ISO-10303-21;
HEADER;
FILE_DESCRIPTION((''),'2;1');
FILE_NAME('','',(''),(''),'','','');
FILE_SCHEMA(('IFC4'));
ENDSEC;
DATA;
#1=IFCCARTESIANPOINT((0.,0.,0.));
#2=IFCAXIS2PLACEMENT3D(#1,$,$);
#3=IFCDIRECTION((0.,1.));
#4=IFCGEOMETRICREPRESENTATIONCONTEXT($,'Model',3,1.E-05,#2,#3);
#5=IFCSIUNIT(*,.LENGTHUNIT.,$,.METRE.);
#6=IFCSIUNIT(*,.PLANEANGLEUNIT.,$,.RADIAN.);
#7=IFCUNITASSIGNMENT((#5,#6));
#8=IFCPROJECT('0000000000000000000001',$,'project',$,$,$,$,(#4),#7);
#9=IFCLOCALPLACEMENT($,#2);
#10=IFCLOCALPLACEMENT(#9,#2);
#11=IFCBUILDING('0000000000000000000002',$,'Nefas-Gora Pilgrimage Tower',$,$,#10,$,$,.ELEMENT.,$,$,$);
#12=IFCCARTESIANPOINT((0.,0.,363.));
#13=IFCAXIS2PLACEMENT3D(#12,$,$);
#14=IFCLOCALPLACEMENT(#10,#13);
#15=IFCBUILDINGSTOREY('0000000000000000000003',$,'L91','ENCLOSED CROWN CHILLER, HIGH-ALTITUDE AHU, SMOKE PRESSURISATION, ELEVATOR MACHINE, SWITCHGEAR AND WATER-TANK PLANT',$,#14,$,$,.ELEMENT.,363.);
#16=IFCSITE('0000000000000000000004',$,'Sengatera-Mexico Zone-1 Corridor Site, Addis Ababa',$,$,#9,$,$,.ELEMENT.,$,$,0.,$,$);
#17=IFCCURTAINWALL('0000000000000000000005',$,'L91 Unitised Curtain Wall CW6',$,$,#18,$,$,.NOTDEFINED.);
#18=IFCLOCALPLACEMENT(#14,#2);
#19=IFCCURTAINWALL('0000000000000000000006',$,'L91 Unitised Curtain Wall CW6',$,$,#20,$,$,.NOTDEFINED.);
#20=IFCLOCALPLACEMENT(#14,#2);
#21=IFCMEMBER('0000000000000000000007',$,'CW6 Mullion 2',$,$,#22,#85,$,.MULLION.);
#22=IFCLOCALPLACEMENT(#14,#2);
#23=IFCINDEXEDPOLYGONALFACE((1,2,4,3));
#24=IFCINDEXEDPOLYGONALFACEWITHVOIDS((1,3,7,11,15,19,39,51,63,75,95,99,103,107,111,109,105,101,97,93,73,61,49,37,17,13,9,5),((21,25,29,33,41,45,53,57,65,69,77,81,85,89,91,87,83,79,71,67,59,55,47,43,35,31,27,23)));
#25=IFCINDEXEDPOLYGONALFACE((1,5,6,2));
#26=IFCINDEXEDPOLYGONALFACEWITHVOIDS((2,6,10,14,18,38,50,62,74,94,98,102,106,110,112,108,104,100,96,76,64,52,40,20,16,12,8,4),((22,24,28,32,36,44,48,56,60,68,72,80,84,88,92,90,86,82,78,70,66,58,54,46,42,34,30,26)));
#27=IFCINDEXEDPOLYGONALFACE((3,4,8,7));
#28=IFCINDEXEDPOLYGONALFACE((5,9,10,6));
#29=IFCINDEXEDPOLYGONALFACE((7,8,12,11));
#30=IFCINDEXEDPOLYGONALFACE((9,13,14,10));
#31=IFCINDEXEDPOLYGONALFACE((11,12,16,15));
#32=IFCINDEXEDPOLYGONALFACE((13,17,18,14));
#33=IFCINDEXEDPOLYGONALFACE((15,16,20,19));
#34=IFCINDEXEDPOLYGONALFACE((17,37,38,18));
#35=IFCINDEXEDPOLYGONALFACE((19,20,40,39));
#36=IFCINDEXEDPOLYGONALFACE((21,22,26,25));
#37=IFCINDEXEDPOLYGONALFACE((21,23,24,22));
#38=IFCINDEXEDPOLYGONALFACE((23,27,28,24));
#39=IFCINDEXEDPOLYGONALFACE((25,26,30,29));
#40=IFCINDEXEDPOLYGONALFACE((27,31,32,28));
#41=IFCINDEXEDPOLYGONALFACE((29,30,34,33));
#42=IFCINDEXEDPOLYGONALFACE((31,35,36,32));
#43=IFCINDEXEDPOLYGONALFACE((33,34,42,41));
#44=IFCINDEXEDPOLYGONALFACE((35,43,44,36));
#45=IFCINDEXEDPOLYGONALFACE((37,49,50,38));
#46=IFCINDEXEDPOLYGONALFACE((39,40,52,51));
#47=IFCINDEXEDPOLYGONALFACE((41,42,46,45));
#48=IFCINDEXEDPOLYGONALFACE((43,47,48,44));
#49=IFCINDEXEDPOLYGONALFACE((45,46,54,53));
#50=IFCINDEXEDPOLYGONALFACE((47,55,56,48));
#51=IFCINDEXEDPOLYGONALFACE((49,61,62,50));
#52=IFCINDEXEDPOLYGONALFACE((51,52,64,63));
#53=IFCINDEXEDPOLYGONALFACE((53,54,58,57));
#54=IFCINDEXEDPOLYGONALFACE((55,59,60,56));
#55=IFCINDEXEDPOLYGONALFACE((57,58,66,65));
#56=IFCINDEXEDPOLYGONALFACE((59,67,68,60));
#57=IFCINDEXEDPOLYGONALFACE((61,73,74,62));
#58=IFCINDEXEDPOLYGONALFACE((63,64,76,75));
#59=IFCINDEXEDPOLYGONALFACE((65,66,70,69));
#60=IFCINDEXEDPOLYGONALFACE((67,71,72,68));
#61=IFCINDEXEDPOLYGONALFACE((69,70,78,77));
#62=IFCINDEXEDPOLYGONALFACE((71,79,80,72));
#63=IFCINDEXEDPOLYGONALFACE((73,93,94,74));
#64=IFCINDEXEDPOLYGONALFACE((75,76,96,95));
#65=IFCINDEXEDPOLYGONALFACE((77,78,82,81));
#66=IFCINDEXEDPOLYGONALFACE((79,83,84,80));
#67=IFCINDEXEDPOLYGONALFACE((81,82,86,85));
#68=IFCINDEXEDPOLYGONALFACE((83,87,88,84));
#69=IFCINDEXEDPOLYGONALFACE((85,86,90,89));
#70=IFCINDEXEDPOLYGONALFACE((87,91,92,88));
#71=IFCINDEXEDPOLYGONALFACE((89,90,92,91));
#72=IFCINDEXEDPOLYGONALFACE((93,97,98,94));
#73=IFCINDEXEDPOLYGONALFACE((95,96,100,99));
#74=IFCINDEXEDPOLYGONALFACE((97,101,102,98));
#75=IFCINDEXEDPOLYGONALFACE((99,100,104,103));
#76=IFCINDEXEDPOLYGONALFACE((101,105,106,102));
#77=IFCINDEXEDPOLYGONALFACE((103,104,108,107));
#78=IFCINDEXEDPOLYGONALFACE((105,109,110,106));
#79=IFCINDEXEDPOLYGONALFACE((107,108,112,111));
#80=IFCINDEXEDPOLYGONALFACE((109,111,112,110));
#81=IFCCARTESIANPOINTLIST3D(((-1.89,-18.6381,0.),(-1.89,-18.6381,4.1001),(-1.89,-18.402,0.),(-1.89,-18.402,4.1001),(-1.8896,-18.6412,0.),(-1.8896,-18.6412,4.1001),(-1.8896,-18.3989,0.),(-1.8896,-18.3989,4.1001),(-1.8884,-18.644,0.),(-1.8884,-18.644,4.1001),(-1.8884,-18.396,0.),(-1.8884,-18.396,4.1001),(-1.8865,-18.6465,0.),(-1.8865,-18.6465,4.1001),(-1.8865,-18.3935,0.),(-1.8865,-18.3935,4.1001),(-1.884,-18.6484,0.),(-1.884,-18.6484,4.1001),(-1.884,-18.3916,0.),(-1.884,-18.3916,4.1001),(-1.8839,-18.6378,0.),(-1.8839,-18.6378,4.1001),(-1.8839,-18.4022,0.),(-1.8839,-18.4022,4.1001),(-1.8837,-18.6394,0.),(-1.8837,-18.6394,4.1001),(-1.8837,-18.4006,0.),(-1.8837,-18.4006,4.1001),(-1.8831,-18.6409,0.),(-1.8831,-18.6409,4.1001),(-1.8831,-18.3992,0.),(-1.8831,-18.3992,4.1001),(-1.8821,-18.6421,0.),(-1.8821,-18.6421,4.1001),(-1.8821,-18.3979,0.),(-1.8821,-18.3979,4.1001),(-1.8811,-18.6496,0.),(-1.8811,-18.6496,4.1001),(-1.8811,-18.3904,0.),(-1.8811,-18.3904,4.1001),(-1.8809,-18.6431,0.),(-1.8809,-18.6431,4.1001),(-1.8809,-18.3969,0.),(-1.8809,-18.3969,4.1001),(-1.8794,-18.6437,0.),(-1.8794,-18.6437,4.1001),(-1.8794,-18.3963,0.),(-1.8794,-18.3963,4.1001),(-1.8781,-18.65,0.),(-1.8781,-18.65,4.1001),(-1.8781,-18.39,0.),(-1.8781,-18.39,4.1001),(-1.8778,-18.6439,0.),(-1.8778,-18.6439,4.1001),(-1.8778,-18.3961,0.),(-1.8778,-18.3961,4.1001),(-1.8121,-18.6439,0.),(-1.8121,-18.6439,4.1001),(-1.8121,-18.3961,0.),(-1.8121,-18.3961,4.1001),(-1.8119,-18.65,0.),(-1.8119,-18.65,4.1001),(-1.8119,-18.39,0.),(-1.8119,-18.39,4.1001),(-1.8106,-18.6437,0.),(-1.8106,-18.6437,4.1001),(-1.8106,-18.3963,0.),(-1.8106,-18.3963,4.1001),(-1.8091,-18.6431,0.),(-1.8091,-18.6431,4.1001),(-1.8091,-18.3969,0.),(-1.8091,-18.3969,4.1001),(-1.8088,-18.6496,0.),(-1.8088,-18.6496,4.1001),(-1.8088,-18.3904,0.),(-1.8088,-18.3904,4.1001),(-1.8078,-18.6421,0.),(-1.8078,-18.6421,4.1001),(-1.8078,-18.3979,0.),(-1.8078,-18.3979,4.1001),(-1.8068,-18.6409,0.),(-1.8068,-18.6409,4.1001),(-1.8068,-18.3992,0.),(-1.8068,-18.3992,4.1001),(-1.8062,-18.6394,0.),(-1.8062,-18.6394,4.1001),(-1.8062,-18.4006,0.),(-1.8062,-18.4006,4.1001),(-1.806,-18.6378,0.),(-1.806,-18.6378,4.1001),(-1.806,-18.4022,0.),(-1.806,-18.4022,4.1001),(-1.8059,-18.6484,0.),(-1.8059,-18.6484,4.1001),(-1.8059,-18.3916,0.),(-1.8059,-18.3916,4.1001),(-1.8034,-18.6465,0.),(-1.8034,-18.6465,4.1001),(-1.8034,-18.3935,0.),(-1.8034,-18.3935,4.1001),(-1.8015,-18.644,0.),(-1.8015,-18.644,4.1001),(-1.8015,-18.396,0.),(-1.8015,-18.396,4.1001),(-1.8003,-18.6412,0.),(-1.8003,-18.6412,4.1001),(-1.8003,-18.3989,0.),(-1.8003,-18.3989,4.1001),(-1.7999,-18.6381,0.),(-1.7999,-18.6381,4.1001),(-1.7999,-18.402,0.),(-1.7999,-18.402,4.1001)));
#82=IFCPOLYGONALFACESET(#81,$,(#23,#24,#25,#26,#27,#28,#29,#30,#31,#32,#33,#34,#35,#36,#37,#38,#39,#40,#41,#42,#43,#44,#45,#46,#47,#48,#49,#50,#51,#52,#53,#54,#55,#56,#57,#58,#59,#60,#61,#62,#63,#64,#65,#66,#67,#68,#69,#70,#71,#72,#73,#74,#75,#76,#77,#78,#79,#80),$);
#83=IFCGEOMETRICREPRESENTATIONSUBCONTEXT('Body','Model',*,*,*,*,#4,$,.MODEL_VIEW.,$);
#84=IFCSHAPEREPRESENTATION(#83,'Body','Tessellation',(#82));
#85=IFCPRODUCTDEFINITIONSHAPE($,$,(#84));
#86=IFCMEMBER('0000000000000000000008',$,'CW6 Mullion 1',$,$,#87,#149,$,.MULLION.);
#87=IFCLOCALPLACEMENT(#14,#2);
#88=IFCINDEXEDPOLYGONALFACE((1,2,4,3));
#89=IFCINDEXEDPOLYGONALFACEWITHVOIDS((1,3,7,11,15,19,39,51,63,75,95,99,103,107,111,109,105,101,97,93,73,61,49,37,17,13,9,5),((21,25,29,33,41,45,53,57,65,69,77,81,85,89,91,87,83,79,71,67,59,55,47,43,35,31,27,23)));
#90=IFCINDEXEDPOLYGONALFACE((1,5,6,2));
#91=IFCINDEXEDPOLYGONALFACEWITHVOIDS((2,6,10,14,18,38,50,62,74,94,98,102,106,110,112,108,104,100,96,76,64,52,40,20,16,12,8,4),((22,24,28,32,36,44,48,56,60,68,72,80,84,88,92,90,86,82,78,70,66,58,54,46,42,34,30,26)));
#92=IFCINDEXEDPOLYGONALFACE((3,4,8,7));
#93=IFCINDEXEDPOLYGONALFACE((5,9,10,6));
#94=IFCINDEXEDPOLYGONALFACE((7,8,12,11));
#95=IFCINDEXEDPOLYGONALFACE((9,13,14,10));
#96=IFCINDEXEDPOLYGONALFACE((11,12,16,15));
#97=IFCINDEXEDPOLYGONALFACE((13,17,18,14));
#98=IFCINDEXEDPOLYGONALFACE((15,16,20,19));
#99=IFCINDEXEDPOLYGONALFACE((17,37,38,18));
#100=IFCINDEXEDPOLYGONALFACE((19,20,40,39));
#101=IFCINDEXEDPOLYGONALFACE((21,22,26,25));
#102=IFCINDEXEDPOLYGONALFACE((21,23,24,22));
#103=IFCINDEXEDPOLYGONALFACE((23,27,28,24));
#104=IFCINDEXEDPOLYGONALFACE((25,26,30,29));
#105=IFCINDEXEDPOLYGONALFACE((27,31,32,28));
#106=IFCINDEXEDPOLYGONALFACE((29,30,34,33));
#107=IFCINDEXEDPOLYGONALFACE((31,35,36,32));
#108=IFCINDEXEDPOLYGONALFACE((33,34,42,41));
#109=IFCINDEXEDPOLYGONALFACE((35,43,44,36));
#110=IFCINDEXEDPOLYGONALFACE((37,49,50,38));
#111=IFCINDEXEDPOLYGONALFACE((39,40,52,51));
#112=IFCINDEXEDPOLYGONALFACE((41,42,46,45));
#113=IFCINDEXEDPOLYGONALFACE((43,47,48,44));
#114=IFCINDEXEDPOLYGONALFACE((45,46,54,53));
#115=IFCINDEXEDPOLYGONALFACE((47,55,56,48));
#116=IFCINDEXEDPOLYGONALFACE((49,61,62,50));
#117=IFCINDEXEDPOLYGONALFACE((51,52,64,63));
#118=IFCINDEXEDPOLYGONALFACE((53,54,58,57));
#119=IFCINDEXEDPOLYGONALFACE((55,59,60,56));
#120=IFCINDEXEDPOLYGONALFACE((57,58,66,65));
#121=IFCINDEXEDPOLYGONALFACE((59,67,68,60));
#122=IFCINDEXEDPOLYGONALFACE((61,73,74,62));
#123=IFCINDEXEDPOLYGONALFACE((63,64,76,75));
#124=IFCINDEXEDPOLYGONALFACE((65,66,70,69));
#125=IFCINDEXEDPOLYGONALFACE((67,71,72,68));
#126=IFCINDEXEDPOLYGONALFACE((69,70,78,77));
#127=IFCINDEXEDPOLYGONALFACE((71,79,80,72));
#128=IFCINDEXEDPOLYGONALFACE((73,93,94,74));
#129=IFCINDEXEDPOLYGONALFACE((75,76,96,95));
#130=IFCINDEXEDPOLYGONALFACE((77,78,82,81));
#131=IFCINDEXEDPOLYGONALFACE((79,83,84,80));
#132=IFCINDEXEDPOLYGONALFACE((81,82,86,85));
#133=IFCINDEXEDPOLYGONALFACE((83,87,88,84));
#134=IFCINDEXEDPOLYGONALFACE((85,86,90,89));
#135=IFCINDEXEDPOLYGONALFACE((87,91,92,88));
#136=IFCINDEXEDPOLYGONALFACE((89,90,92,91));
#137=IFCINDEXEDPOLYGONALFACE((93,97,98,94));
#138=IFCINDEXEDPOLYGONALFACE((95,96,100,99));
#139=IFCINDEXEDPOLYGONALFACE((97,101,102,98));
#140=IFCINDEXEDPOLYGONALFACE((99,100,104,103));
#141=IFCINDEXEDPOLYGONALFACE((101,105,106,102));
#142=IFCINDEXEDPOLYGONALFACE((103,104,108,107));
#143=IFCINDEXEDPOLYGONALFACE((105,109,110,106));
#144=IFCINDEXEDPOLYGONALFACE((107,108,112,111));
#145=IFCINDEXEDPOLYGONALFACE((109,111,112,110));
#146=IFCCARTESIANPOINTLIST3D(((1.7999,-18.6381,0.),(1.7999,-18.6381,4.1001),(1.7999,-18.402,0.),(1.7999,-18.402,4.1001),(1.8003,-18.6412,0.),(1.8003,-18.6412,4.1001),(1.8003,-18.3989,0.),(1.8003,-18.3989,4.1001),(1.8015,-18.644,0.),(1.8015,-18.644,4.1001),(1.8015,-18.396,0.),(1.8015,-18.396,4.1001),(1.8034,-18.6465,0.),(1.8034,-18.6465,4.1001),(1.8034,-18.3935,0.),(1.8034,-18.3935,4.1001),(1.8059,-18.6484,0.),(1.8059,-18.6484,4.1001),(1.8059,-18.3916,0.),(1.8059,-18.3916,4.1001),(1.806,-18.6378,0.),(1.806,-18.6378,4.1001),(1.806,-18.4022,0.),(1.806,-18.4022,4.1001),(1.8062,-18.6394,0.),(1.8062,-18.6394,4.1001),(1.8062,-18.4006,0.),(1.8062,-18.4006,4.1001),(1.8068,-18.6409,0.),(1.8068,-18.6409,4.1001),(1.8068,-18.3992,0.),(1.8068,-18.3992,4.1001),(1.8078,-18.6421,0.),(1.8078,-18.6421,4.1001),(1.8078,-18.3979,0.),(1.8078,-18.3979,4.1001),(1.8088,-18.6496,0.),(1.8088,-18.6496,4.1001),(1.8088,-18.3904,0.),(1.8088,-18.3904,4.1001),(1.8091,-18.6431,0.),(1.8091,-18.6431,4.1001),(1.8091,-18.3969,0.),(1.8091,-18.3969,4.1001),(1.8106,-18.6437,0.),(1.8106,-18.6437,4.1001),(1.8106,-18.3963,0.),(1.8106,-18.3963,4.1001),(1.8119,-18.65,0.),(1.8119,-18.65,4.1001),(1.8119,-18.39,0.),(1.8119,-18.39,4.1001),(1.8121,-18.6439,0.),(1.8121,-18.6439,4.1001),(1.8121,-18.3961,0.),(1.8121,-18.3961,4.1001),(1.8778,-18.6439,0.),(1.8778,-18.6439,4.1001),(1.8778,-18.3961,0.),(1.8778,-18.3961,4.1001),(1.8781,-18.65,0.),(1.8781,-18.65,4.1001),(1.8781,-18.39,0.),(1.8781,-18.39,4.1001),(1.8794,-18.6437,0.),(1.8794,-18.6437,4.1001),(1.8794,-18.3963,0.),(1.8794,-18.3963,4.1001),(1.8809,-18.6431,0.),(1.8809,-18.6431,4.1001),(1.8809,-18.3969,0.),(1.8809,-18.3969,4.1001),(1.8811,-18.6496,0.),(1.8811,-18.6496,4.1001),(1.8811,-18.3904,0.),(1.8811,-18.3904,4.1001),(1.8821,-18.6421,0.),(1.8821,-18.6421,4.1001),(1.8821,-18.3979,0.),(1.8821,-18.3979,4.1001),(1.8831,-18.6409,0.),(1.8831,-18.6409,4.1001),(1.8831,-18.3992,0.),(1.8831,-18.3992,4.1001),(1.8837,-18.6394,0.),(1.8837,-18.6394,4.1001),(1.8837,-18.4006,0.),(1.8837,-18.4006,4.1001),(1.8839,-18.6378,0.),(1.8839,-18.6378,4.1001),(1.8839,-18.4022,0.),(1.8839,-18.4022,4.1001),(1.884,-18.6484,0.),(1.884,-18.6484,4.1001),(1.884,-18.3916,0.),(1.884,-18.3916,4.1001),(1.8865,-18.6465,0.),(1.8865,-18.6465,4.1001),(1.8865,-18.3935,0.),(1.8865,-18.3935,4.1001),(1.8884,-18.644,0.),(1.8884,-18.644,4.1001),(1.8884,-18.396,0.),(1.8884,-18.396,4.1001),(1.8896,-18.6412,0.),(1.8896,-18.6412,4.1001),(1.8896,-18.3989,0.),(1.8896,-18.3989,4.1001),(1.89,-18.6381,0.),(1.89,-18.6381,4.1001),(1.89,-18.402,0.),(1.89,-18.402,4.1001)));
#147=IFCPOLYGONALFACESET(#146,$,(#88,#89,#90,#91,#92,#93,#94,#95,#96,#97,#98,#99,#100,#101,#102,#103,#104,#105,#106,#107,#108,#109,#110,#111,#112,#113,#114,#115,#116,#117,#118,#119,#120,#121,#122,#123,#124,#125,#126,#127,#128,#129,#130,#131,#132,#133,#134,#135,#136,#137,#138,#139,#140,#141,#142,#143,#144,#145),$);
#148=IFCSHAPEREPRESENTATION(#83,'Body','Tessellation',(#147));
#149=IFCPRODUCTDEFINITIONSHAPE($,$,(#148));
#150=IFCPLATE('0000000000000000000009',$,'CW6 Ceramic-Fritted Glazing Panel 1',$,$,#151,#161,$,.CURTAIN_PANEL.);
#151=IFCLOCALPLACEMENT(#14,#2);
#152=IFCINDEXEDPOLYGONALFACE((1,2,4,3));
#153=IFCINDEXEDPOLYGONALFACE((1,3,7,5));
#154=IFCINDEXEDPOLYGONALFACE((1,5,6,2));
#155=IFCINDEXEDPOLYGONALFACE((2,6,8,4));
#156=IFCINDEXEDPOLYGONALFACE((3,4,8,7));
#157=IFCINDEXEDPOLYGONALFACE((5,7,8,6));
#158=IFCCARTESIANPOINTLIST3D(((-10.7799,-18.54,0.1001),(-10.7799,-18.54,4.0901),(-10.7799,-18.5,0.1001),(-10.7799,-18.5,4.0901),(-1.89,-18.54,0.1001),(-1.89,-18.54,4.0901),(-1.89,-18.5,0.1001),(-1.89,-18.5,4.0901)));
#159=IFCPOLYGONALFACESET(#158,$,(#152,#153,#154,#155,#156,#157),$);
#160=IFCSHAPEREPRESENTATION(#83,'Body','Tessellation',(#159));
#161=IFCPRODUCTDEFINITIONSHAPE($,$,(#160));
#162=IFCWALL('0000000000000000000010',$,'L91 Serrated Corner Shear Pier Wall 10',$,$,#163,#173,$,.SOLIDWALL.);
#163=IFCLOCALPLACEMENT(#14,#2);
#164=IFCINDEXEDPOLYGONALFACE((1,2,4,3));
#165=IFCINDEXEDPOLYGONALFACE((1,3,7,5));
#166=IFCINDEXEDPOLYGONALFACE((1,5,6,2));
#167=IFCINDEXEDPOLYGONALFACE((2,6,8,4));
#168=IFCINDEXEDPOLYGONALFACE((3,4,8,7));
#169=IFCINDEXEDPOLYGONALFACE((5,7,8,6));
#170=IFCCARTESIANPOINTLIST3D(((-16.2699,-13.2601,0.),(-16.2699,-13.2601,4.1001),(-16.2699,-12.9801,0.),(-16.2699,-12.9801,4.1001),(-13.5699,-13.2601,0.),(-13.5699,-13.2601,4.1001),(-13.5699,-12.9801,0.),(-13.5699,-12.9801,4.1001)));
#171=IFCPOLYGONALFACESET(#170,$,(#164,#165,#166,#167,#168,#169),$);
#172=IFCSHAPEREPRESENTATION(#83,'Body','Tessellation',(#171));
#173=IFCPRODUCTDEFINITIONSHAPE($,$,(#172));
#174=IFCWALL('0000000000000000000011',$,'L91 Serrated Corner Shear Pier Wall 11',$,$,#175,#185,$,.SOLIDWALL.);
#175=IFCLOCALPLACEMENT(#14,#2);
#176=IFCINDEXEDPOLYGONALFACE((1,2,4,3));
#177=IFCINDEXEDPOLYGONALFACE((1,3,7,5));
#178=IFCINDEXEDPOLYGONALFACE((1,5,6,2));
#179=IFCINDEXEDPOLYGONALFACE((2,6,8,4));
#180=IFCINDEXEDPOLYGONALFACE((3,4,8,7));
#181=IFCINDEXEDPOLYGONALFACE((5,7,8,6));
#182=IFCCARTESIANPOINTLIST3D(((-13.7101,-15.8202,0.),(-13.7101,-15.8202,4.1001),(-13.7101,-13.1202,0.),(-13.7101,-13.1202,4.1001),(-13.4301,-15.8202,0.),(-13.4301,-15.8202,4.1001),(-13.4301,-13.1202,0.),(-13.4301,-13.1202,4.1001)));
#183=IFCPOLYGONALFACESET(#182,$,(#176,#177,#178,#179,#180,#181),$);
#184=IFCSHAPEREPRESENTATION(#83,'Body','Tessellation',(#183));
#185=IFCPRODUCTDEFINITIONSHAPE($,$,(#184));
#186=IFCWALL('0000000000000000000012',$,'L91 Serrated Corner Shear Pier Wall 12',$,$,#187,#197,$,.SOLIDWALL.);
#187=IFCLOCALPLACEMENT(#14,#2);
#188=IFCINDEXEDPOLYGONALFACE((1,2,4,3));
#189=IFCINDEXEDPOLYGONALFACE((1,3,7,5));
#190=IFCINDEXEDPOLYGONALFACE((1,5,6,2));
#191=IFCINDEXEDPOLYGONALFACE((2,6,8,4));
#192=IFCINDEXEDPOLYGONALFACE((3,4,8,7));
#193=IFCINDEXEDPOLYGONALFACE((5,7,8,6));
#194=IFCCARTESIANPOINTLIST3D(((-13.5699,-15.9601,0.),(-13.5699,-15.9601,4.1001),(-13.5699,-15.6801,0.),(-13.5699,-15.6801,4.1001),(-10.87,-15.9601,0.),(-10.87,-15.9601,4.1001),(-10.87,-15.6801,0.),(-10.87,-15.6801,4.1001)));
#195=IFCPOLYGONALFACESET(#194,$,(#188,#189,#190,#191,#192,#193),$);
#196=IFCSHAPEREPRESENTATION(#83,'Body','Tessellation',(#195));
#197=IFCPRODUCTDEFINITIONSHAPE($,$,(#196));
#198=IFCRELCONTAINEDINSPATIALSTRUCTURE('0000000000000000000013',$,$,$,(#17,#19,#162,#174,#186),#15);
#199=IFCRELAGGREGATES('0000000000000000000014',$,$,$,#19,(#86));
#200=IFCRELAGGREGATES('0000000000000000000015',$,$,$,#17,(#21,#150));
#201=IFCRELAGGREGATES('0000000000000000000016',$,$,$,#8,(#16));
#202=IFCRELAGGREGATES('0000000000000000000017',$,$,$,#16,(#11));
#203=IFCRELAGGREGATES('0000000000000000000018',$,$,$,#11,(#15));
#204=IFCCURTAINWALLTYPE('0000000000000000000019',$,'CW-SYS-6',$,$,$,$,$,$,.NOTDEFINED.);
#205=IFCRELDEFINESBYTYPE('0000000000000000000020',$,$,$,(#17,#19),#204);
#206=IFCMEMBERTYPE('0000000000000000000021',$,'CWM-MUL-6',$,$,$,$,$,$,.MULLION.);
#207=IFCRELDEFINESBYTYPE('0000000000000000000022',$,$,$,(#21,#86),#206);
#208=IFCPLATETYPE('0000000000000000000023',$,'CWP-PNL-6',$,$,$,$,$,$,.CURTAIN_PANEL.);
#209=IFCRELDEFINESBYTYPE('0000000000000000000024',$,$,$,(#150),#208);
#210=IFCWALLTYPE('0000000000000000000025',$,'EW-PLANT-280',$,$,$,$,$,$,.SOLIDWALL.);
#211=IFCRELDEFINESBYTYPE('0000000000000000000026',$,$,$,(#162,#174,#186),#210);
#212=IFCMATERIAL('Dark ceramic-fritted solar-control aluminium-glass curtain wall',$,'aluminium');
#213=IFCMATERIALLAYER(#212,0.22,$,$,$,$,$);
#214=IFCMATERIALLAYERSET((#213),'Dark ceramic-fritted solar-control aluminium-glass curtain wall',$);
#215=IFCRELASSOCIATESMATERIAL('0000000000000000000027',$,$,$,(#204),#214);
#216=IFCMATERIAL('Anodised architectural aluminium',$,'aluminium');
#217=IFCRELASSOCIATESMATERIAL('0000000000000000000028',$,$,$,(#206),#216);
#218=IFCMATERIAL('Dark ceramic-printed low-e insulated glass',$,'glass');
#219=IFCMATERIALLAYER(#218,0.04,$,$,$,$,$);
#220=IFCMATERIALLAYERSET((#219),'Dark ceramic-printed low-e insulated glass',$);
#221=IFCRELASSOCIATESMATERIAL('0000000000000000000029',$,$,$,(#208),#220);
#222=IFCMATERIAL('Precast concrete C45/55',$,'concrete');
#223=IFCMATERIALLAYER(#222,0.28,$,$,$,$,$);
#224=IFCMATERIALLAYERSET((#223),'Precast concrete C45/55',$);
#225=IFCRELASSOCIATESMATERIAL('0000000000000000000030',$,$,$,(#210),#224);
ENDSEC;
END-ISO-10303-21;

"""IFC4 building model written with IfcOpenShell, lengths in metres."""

from ifc_helpers import new_model, si_unit, direction, frame, frame_2d, origin, origin_2d, place, context, subcontext, project, spatial, rectangle, hollow_rectangle, extrude, source, transform, mapped, material, layer, layer_set, material_profile, profile_set, type_object, element, aggregate, save


model = new_model("IFC4")

# Units and contexts
model_context = context("Model", 3, precision=1e-05, world=origin(), true_north=direction((0.0, 1.0)))
body_context = subcontext(model_context, "Body", "Model", "MODEL_VIEW")
ifc_project = project(units=[si_unit("LENGTHUNIT", "METRE"), si_unit("PLANEANGLEUNIT", "RADIAN")], contexts=[model_context])

# Site, building, storey
site_placement = place(None, origin())
site = spatial("IfcSite", under=ifc_project, at=site_placement, Name="Sengatera-Mexico Zone-1 Corridor Site, Addis Ababa", CompositionType="ELEMENT", RefElevation=0.0)
building_placement = place(site_placement, origin())
building = spatial("IfcBuilding", under=site, at=building_placement, Name="Nefas-Gora Pilgrimage Tower", CompositionType="ELEMENT")
storey_placement = place(building_placement, frame((0.0, 0.0, 363.0)))
storey = spatial("IfcBuildingStorey", under=building, at=storey_placement, Name="L91", Description="ENCLOSED CROWN CHILLER, HIGH-ALTITUDE AHU, SMOKE PRESSURISATION, ELEVATOR MACHINE, SWITCHGEAR AND WATER-TANK PLANT", CompositionType="ELEMENT", Elevation=363.0)

# Curtain walls
ifc_material_1 = material(Name="Dark ceramic-fritted solar-control aluminium-glass curtain wall", Category="aluminium")
ifc_layer_1 = layer(ifc_material_1, 0.22)
ifc_layer_set_1 = layer_set([ifc_layer_1], Name="Dark ceramic-fritted solar-control aluminium-glass curtain wall")
curtain_wall_type = type_object("IfcCurtainWallType", Name="CW-SYS-6", PredefinedType="NOTDEFINED", material=ifc_layer_set_1)
curtain_wall_1_placement = place(storey_placement, origin())
curtain_wall_1 = element("IfcCurtainWall", 1, at=curtain_wall_1_placement, inside=storey, type_object=curtain_wall_type, Name="L91 Unitised Curtain Wall CW6", PredefinedType="NOTDEFINED")
ifc_material_2 = material(Name="Anodised architectural aluminium", Category="aluminium")
curtain_wall_2_placement = place(storey_placement, origin())
curtain_wall_2 = element("IfcCurtainWall", 2, at=curtain_wall_2_placement, inside=storey, type_object=curtain_wall_type, Name="L91 Unitised Curtain Wall CW6", PredefinedType="NOTDEFINED")
ifc_material_profile_1 = material_profile(ifc_material_2, hollow_rectangle(XDim=0.0901, YDim=0.26, WallThickness=0.0061, InnerFilletRadius=0.0061, OuterFilletRadius=0.012, at=origin_2d()), Name="ALU MULLION 90x260")
ifc_profile_set_1 = profile_set([ifc_material_profile_1], Name="Anodised architectural aluminium")
member_type_1 = type_object("IfcMemberType", Name="CWM-MUL-6", PredefinedType="MULLION", material=ifc_profile_set_1)
shared_shape_1 = source(origin(), body_context, "Body", "SweptSolid", [
    extrude(hollow_rectangle(XDim=0.0901, YDim=0.26, WallThickness=0.0061, InnerFilletRadius=0.0061, OuterFilletRadius=0.012, at=origin_2d()), origin(), (0.0, 0.0, 1.0), 4.1001),
])

# Members
member_1_placement = place(storey_placement, frame((-1.845, -18.52, 0.0), z_axis=(0.0, 0.0, 1.0), x_axis=(1.0, 0.0, 0.0)))
member_1 = element("IfcMember", 3, at=member_1_placement, type_object=member_type_1, Name="CW6 Mullion 2", PredefinedType="MULLION", context=body_context, shape_type="MappedRepresentation", body=[
    mapped(shared_shape_1, transform((0.0, 0.0, 0.0), x_axis=(1.0, 0.0, 0.0), y_axis=(0.0, 1.0, 0.0), z_axis=(0.0, 0.0, 1.0), scale=1.0)),
])
member_2_placement = place(storey_placement, frame((1.845, -18.52, 0.0), z_axis=(0.0, 0.0, 1.0), x_axis=(1.0, 0.0, 0.0)))
member_2 = element("IfcMember", 4, at=member_2_placement, type_object=member_type_1, Name="CW6 Mullion 1", PredefinedType="MULLION", context=body_context, shape_type="MappedRepresentation", body=[
    mapped(shared_shape_1, transform((0.0, 0.0, 0.0), x_axis=(1.0, 0.0, 0.0), y_axis=(0.0, 1.0, 0.0), z_axis=(0.0, 0.0, 1.0), scale=1.0)),
])
aggregate(curtain_wall_2, [member_2])

# Plate
ifc_material_3 = material(Name="Dark ceramic-printed low-e insulated glass", Category="glass")
ifc_layer_2 = layer(ifc_material_3, 0.04)
ifc_layer_set_2 = layer_set([ifc_layer_2], Name="Dark ceramic-printed low-e insulated glass")
plate_type = type_object("IfcPlateType", Name="CWP-PNL-6", PredefinedType="CURTAIN_PANEL", material=ifc_layer_set_2)
shared_shape_2 = source(origin(), body_context, "Body", "SweptSolid", [
    extrude(rectangle(XDim=8.8899, YDim=0.04, at=origin_2d()), origin(), (0.0, 0.0, 1.0), 3.99),
])
plate_placement = place(storey_placement, frame((-6.335, -18.52, 0.1001), z_axis=(0.0, 0.0, 1.0), x_axis=(1.0, 0.0, 0.0)))
plate = element("IfcPlate", 5, at=plate_placement, type_object=plate_type, Name="CW6 Ceramic-Fritted Glazing Panel 1", PredefinedType="CURTAIN_PANEL", context=body_context, shape_type="MappedRepresentation", body=[
    mapped(shared_shape_2, transform((0.0, 0.0, 0.0), x_axis=(1.0, 0.0, 0.0), y_axis=(0.0, 1.0, 0.0), z_axis=(0.0, 0.0, 1.0), scale=1.0)),
])
aggregate(curtain_wall_1, [member_1, plate])

# Walls
ifc_material_4 = material(Name="Precast concrete C45/55", Category="concrete")
ifc_layer_3 = layer(ifc_material_4, 0.28)
ifc_layer_set_3 = layer_set([ifc_layer_3], Name="Precast concrete C45/55")
wall_type_1 = type_object("IfcWallType", Name="EW-PLANT-280", PredefinedType="SOLIDWALL", material=ifc_layer_set_3)
shared_shape_3 = source(origin(), body_context, "Body", "SweptSolid", [
    extrude(rectangle(XDim=2.7, YDim=0.28, at=frame_2d((1.3501, 0.0))), origin(), (0.0, 0.0, 1.0), 4.1001),
])
for number, where, z_axis, x_axis, name in (
    (6, (-16.27, -13.1201, 0.0), (0.0, 0.0, 1.0), (1.0, 0.0, 0.0), "L91 Serrated Corner Shear Pier Wall 10"),
    (7, (-13.5701, -13.1201, 0.0), (0.0, 0.0, 1.0), (0.0, -1.0, 0.0), "L91 Serrated Corner Shear Pier Wall 11"),
    (8, (-13.5701, -15.8201, 0.0), (0.0, 0.0, 1.0), (1.0, 0.0, 0.0), "L91 Serrated Corner Shear Pier Wall 12"),
):
    element("IfcWall", number, at=place(storey_placement, frame(where, z_axis=z_axis, x_axis=x_axis)), inside=storey, type_object=wall_type_1, Name=name, PredefinedType="SOLIDWALL", context=body_context, shape_type="MappedRepresentation", body=[
        mapped(shared_shape_3, transform((0.0, 0.0, 0.0), x_axis=(1.0, 0.0, 0.0), y_axis=(0.0, 1.0, 0.0), z_axis=(0.0, 0.0, 1.0), scale=1.0)),
    ])

save(model, "model.ifc")
